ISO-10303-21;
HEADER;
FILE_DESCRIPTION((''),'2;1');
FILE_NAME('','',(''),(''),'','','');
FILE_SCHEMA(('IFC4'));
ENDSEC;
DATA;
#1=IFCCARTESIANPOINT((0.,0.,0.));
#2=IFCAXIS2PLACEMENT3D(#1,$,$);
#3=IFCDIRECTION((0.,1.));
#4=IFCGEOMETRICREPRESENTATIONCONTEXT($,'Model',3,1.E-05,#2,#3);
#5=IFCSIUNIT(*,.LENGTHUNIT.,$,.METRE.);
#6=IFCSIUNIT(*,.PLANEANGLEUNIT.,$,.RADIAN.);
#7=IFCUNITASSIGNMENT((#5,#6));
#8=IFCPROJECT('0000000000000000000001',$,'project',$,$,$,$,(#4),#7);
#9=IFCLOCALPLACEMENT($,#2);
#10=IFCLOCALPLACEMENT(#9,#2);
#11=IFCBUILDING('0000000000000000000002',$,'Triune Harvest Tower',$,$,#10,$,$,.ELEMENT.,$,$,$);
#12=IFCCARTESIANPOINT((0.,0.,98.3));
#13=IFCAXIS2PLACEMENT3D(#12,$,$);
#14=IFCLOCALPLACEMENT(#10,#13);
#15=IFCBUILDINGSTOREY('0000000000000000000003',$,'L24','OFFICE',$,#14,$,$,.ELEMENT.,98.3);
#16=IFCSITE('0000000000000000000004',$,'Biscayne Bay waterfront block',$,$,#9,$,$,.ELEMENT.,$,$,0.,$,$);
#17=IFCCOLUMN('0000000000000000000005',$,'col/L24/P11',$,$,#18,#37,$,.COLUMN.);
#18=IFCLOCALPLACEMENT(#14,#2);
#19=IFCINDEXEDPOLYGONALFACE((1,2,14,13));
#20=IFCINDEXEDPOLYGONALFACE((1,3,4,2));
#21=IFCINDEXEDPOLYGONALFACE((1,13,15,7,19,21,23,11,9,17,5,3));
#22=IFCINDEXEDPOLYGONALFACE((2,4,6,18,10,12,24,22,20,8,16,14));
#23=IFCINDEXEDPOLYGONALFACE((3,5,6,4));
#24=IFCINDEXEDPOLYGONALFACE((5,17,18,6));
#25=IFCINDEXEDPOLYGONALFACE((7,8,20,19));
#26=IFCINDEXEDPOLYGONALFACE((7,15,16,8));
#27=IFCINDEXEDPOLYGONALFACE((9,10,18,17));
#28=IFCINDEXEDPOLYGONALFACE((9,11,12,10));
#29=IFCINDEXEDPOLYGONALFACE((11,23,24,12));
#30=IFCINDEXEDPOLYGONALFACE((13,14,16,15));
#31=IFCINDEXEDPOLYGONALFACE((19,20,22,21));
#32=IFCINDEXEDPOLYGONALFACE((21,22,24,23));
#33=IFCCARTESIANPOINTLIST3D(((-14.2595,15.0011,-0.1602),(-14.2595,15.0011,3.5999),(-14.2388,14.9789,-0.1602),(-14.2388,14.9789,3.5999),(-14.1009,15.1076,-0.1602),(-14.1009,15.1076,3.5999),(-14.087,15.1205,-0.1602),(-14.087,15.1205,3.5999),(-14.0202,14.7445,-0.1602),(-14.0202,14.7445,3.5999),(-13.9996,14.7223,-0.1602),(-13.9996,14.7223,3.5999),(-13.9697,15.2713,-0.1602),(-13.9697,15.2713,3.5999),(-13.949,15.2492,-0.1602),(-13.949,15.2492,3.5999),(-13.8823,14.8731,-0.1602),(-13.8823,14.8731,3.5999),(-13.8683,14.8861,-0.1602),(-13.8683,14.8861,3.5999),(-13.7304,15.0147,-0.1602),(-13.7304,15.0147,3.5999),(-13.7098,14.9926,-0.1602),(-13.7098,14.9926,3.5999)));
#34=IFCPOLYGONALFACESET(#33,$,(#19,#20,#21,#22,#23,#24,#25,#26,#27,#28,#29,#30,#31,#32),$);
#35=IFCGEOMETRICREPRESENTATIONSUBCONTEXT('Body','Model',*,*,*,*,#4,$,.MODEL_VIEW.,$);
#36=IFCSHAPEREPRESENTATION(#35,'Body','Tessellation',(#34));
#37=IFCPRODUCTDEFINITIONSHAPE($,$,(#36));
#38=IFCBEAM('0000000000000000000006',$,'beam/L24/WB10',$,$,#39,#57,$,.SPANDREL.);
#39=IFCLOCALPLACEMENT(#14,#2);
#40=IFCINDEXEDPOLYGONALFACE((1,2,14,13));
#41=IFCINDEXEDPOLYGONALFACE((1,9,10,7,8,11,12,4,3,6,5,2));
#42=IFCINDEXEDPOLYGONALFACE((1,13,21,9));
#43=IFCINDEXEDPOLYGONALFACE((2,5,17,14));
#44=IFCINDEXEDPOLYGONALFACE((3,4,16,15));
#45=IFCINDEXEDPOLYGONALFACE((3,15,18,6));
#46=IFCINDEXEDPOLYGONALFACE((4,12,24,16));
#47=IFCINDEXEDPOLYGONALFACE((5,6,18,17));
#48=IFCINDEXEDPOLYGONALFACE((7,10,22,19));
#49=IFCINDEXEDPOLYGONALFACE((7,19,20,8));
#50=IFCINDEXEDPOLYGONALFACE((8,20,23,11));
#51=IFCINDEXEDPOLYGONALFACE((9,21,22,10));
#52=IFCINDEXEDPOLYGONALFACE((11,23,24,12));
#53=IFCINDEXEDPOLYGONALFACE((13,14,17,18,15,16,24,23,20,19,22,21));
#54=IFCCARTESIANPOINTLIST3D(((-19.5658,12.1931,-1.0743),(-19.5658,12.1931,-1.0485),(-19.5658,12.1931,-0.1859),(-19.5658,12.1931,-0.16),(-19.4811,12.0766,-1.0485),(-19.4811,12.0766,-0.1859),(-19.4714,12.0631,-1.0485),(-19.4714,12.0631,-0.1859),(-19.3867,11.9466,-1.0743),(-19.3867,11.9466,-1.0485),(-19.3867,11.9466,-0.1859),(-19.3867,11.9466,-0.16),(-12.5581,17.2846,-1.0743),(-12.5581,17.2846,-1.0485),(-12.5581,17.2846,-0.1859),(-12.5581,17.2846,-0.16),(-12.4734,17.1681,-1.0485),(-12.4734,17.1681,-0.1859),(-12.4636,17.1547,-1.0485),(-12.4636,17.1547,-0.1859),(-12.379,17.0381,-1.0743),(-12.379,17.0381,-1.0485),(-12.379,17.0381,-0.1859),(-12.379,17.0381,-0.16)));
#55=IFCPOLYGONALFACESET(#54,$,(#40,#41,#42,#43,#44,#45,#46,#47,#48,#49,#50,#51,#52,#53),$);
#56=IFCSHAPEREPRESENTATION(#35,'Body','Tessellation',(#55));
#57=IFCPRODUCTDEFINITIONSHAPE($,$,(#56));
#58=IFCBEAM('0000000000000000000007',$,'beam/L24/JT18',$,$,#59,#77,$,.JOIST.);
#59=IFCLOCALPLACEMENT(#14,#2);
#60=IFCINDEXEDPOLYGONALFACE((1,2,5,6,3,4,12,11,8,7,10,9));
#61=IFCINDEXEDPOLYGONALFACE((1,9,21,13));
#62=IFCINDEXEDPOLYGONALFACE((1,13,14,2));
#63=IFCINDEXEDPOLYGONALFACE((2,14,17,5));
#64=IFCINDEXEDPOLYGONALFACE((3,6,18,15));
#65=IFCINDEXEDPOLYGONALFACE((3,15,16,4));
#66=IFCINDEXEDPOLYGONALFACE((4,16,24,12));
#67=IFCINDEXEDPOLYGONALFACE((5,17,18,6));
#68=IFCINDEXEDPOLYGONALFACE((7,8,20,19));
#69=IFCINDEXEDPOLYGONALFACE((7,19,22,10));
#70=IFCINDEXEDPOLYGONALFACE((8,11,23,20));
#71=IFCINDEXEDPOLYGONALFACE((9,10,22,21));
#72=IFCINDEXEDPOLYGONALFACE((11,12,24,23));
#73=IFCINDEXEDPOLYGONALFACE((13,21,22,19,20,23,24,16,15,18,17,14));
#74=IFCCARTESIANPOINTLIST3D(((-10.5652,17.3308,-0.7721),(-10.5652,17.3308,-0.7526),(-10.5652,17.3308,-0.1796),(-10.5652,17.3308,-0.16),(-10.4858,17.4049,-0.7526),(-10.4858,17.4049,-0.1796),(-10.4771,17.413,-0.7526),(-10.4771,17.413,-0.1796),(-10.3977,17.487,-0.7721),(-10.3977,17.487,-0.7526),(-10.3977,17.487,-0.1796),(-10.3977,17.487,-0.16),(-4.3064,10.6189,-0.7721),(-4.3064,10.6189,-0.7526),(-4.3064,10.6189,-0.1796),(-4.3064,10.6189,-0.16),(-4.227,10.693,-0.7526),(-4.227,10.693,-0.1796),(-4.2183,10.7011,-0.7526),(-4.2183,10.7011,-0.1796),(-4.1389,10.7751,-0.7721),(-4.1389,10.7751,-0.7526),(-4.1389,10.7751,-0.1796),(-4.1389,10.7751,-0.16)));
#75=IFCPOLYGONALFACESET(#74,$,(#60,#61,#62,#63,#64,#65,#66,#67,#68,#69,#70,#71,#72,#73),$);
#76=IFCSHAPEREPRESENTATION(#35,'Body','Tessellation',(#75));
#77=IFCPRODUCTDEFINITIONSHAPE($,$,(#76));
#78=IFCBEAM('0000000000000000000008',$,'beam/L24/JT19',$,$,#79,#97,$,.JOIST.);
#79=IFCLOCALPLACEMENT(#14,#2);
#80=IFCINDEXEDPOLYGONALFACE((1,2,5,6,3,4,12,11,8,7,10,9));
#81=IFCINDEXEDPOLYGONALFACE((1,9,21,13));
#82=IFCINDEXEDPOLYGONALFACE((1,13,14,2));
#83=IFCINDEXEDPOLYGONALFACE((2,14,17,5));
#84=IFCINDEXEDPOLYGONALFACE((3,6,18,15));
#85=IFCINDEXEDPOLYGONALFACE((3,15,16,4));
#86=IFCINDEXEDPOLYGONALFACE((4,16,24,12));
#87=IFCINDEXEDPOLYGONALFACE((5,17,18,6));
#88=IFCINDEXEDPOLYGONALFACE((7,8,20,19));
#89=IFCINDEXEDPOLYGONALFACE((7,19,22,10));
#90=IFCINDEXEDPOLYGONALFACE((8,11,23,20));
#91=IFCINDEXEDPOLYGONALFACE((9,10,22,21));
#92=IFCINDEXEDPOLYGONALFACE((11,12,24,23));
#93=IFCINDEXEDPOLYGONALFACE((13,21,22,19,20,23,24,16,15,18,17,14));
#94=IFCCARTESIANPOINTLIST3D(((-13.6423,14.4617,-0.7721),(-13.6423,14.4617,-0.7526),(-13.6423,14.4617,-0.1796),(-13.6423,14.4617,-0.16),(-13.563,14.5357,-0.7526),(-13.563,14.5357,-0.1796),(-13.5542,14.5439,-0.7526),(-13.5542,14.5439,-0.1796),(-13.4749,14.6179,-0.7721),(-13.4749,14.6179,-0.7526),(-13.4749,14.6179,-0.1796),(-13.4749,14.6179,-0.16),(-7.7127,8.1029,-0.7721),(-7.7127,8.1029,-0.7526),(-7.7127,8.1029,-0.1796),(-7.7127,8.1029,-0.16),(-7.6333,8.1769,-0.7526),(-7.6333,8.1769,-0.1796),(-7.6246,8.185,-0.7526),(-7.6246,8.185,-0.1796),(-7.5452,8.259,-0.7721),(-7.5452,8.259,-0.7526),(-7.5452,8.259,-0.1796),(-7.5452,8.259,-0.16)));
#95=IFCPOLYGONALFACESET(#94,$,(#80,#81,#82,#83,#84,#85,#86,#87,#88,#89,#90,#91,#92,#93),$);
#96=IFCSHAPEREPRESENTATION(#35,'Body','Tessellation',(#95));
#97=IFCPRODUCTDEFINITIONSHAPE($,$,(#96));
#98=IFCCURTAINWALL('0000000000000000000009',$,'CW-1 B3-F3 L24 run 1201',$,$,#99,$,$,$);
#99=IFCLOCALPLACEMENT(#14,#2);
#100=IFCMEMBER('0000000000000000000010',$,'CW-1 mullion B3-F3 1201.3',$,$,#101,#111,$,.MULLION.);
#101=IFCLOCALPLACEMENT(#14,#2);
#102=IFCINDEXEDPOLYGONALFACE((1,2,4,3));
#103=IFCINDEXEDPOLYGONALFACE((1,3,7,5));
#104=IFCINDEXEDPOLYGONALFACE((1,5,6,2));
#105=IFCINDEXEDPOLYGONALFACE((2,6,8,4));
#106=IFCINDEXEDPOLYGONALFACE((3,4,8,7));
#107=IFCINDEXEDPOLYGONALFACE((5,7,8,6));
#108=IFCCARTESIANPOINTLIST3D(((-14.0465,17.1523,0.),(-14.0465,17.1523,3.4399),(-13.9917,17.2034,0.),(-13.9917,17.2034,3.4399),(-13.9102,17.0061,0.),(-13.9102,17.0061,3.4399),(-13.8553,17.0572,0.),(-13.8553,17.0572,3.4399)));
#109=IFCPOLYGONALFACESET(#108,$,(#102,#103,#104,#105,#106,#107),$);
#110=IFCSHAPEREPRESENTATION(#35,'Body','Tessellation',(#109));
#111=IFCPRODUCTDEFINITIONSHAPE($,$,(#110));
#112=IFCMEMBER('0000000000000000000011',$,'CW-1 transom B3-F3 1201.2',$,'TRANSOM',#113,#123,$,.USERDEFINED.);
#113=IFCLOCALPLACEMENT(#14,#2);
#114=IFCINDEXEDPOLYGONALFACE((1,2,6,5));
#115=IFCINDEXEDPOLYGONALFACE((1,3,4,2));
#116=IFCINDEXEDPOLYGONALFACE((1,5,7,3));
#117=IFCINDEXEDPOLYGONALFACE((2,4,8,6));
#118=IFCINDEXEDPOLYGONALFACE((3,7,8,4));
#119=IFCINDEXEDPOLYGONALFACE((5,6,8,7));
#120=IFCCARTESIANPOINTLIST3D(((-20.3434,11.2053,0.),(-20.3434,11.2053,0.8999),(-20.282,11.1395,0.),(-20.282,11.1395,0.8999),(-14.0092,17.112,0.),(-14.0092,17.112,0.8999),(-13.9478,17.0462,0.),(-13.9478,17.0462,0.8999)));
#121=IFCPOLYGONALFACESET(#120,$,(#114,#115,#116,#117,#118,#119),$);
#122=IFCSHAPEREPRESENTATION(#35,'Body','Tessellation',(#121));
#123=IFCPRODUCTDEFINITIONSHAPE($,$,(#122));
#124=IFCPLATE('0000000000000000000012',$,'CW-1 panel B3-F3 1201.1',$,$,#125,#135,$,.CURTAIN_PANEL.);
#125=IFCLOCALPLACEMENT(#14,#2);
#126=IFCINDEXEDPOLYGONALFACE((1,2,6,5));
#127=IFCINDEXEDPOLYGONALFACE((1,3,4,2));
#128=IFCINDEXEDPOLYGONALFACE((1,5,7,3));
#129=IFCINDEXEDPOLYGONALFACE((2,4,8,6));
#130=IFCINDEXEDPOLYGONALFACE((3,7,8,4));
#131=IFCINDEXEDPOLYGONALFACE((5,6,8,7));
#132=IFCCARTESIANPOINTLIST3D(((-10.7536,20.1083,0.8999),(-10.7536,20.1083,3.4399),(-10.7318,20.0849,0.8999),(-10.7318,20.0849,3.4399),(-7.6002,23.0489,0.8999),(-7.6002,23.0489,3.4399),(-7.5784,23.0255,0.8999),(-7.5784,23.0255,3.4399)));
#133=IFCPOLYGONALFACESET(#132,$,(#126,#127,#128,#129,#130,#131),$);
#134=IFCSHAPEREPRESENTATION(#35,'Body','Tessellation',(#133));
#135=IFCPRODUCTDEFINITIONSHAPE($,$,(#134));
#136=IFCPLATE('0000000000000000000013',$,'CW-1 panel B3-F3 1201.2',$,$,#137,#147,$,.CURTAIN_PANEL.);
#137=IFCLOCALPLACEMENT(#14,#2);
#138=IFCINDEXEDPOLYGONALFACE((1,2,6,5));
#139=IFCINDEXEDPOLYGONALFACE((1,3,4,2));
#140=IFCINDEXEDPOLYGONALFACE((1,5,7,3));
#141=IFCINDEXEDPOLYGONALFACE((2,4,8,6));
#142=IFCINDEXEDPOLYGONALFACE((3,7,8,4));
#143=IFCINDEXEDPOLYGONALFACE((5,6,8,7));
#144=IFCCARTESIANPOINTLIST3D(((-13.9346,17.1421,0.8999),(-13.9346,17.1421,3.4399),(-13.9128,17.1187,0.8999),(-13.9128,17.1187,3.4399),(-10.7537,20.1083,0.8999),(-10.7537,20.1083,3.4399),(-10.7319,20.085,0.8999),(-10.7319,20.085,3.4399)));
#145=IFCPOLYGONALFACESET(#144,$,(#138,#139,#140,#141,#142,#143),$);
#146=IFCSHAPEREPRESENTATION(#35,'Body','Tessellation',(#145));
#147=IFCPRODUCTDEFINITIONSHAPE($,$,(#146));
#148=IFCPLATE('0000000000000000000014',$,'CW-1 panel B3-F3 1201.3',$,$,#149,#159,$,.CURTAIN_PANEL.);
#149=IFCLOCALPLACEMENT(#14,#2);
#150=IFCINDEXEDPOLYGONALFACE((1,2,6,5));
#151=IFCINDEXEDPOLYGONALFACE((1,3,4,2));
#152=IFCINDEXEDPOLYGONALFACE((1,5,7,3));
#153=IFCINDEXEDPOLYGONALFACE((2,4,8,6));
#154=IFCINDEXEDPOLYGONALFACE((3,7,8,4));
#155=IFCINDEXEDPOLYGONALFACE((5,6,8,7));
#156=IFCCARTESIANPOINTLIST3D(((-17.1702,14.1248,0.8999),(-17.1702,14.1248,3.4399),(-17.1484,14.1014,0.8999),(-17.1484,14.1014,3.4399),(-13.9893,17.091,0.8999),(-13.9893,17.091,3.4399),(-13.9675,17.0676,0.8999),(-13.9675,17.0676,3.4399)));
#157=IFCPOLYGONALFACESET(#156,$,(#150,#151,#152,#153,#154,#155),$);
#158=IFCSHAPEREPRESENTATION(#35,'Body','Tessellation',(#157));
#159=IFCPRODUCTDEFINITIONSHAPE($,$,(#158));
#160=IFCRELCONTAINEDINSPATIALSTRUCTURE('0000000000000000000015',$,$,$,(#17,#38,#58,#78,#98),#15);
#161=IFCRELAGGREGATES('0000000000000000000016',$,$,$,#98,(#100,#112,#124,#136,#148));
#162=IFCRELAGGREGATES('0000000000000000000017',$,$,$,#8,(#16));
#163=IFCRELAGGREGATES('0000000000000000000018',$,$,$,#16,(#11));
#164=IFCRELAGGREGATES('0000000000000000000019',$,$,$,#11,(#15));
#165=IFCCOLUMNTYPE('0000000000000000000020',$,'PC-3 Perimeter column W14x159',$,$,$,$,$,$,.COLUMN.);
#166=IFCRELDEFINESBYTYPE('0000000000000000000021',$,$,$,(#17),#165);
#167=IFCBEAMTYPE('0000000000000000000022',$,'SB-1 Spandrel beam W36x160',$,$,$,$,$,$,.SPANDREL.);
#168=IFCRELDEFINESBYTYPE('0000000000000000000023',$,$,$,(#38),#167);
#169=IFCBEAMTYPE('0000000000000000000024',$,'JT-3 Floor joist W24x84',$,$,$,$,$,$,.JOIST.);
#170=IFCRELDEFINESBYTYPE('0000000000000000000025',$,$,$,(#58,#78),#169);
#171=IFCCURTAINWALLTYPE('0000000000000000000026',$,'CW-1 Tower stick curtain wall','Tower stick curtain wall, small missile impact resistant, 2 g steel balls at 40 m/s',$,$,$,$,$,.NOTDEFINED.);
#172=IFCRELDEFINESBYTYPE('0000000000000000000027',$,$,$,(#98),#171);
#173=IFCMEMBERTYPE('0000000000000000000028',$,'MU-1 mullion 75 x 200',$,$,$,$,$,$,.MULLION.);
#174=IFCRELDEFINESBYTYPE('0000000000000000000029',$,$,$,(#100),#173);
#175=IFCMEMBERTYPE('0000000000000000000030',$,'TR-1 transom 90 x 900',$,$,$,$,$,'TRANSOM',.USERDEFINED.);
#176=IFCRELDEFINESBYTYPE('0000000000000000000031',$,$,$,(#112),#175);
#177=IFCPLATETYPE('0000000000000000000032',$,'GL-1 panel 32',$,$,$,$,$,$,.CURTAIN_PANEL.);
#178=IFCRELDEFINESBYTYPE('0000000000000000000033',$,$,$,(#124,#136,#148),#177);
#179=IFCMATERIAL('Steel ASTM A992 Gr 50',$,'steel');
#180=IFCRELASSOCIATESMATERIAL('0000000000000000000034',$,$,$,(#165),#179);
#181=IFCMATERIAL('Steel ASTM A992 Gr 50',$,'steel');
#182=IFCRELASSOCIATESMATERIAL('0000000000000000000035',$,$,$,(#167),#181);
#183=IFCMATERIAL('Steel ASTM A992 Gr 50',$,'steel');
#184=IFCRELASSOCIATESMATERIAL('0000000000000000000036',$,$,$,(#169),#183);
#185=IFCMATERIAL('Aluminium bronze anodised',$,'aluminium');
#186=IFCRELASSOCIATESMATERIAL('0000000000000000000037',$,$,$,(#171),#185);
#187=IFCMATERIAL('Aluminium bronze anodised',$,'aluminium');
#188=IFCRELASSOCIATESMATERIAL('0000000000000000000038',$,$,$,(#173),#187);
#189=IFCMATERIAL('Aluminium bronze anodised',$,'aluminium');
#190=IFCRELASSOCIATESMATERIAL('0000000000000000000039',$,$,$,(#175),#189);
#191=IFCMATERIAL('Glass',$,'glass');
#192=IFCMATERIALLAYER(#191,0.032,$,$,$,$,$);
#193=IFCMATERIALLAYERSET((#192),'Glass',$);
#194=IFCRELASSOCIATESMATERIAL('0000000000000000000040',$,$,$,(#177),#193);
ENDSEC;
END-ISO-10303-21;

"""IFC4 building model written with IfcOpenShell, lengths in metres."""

from ifc_helpers import new_model, si_unit, direction, frame, origin, origin_2d, place, context, subcontext, project, spatial, rectangle, i_section, extrude, source, transform, mapped, material, layer, layer_set, material_profile, profile_set, type_object, element, aggregate, save


model = new_model("IFC4")

# Units and contexts
model_context = context("Model", 3, precision=1e-05, world=origin(), true_north=direction((0.0, 1.0)))
body_context = subcontext(model_context, "Body", "Model", "MODEL_VIEW")
ifc_project = project(units=[si_unit("LENGTHUNIT", "METRE"), si_unit("PLANEANGLEUNIT", "RADIAN")], contexts=[model_context])

# Site, building, storey
site_placement = place(None, origin())
site = spatial("IfcSite", under=ifc_project, at=site_placement, Name="Biscayne Bay waterfront block", CompositionType="ELEMENT", RefElevation=0.0)
building_placement = place(site_placement, origin())
building = spatial("IfcBuilding", under=site, at=building_placement, Name="Triune Harvest Tower", CompositionType="ELEMENT")
storey_placement = place(building_placement, frame((0.0, 0.0, 98.3)))
storey = spatial("IfcBuildingStorey", under=building, at=storey_placement, Name="L24", Description="OFFICE", CompositionType="ELEMENT", Elevation=98.3)

# Column
ifc_material_1 = material(Name="Steel ASTM A992 Gr 50", Category="steel")
ifc_material_profile_1 = material_profile(ifc_material_1, i_section(OverallWidth=0.3962, OverallDepth=0.3811, WebThickness=0.019, FlangeThickness=0.0303, at=origin_2d()), Name="W14x159")
ifc_profile_set_1 = profile_set([ifc_material_profile_1], Name="Steel ASTM A992 Gr 50")
column_type = type_object("IfcColumnType", Name="PC-3 Perimeter column W14x159", PredefinedType="COLUMN", material=ifc_profile_set_1)
shared_shape_1 = source(origin(), body_context, "Body", "SweptSolid", [
    extrude(i_section(OverallWidth=0.3962, OverallDepth=0.3811, WebThickness=0.019, FlangeThickness=0.0303, at=origin_2d()), origin(), (0.0, 0.0, 1.0), 3.76),
])
column_placement = place(storey_placement, frame((-13.9846, 14.9968, -0.1602), z_axis=(0.0, 0.0, 1.0), x_axis=(-0.731355, -0.681997, 0.0)))
element("IfcColumn", 1, at=column_placement, inside=storey, type_object=column_type, Name="col/L24/P11", PredefinedType="COLUMN", context=body_context, shape_type="MappedRepresentation", body=[
    mapped(shared_shape_1, transform((0.0, 0.0, 0.0), scale=1.0)),
])

# Beams
ifc_material_2 = material(Name="Steel ASTM A992 Gr 50", Category="steel")
ifc_material_profile_2 = material_profile(ifc_material_2, i_section(OverallWidth=0.3047, OverallDepth=0.9143, WebThickness=0.0166, FlangeThickness=0.0259, at=origin_2d()), Name="W36x160")
ifc_profile_set_2 = profile_set([ifc_material_profile_2], Name="Steel ASTM A992 Gr 50")
beam_type_1 = type_object("IfcBeamType", Name="SB-1 Spandrel beam W36x160", PredefinedType="SPANDREL", material=ifc_profile_set_2)
shared_shape_2 = source(origin(), body_context, "Body", "SweptSolid", [
    extrude(i_section(OverallWidth=0.3047, OverallDepth=0.9143, WebThickness=0.0166, FlangeThickness=0.0259, at=origin_2d()), origin(), (0.0, 0.0, 1.0), 8.6621),
])
beam_1_placement = place(storey_placement, frame((-12.4685, 17.1614, -0.6172), z_axis=(-0.809013, -0.587791, 0.0), x_axis=(0.587791, -0.809013, 0.0)))
element("IfcBeam", 2, at=beam_1_placement, inside=storey, type_object=beam_type_1, Name="beam/L24/WB10", PredefinedType="SPANDREL", context=body_context, shape_type="MappedRepresentation", body=[
    mapped(shared_shape_2, transform((0.0, 0.0, 0.0), scale=1.0)),
])
ifc_material_3 = material(Name="Steel ASTM A992 Gr 50", Category="steel")
ifc_material_profile_3 = material_profile(ifc_material_3, i_section(OverallWidth=0.229, OverallDepth=0.6121, WebThickness=0.012, FlangeThickness=0.0195, at=origin_2d()), Name="W24x84")
ifc_profile_set_3 = profile_set([ifc_material_profile_3], Name="Steel ASTM A992 Gr 50")
beam_type_2 = type_object("IfcBeamType", Name="JT-3 Floor joist W24x84", PredefinedType="JOIST", material=ifc_profile_set_3)
shared_shape_3 = source(origin(), body_context, "Body", "SweptSolid", [
    extrude(i_section(OverallWidth=0.229, OverallDepth=0.6121, WebThickness=0.012, FlangeThickness=0.0195, at=origin_2d()), origin(), (0.0, 0.0, 1.0), 9.1772),
])
beam_2_placement = place(storey_placement, frame((-10.4814, 17.4089, -0.4661), z_axis=(0.681988, -0.731363, 0.0), x_axis=(0.731363, 0.681988, 0.0)))
element("IfcBeam", 3, at=beam_2_placement, inside=storey, type_object=beam_type_2, Name="beam/L24/JT18", PredefinedType="JOIST", context=body_context, shape_type="MappedRepresentation", body=[
    mapped(shared_shape_3, transform((0.0, 0.0, 0.0), scale=1.0)),
])
shared_shape_4 = source(origin(), body_context, "Body", "SweptSolid", [
    extrude(i_section(OverallWidth=0.229, OverallDepth=0.6121, WebThickness=0.012, FlangeThickness=0.0195, at=origin_2d()), origin(), (0.0, 0.0, 1.0), 8.6946),
])
beam_3_placement = place(storey_placement, frame((-13.5586, 14.5398, -0.4661), z_axis=(0.681994, -0.731358, 0.0), x_axis=(0.731358, 0.681994, 0.0)))
element("IfcBeam", 4, at=beam_3_placement, inside=storey, type_object=beam_type_2, Name="beam/L24/JT19", PredefinedType="JOIST", context=body_context, shape_type="MappedRepresentation", body=[
    mapped(shared_shape_4, transform((0.0, 0.0, 0.0), scale=1.0)),
])

# Curtain wall, members, plates
ifc_material_4 = material(Name="Aluminium bronze anodised", Category="aluminium")
curtain_wall_type = type_object("IfcCurtainWallType", Name="CW-1 Tower stick curtain wall", Description="Tower stick curtain wall, small missile impact resistant, 2 g steel balls at 40 m/s", PredefinedType="NOTDEFINED", material=ifc_material_4)
curtain_wall_placement = place(storey_placement, origin())
curtain_wall = element("IfcCurtainWall", 5, at=curtain_wall_placement, inside=storey, type_object=curtain_wall_type, Name="CW-1 B3-F3 L24 run 1201")
ifc_material_5 = material(Name="Aluminium bronze anodised", Category="aluminium")
ifc_material_profile_4 = material_profile(ifc_material_5, rectangle(XDim=0.2, YDim=0.075, at=origin_2d()), Name="MU-1 mullion 75 x 200")
ifc_profile_set_4 = profile_set([ifc_material_profile_4], Name="Aluminium bronze anodised")
member_type_1 = type_object("IfcMemberType", Name="MU-1 mullion 75 x 200", PredefinedType="MULLION", material=ifc_profile_set_4)
shared_shape_5 = source(origin(), body_context, "Body", "SweptSolid", [
    extrude(rectangle(XDim=0.2, YDim=0.075, at=origin_2d()), origin(), (0.0, 0.0, 1.0), 3.4399),
])
member_1_placement = place(storey_placement, frame((-13.9509, 17.1047, 0.0), z_axis=(0.0, 0.0, 1.0), x_axis=(0.681997, -0.731355, 0.0)))
member_1 = element("IfcMember", 6, at=member_1_placement, type_object=member_type_1, Name="CW-1 mullion B3-F3 1201.3", PredefinedType="MULLION", context=body_context, shape_type="MappedRepresentation", body=[
    mapped(shared_shape_5, transform((0.0, 0.0, 0.0), scale=1.0)),
])
ifc_material_6 = material(Name="Aluminium bronze anodised", Category="aluminium")
ifc_material_profile_5 = material_profile(ifc_material_6, rectangle(XDim=0.0901, YDim=0.8999, at=origin_2d()), Name="TR-1 transom 90 x 900")
ifc_profile_set_5 = profile_set([ifc_material_profile_5], Name="Aluminium bronze anodised")
member_type_2 = type_object("IfcMemberType", Name="TR-1 transom 90 x 900", ElementType="TRANSOM", PredefinedType="USERDEFINED", material=ifc_profile_set_5)
shared_shape_6 = source(origin(), body_context, "Body", "SweptSolid", [
    extrude(rectangle(XDim=0.0901, YDim=0.8999, at=origin_2d()), origin(), (0.0, 0.0, 1.0), 8.6609),
])
member_2_placement = place(storey_placement, frame((-13.9785, 17.0791, 0.45), z_axis=(-0.731355, -0.681997, 0.0), x_axis=(0.681997, -0.731355, 0.0)))
member_2 = element("IfcMember", 7, at=member_2_placement, type_object=member_type_2, Name="CW-1 transom B3-F3 1201.2", ObjectType="TRANSOM", PredefinedType="USERDEFINED", context=body_context, shape_type="MappedRepresentation", body=[
    mapped(shared_shape_6, transform((0.0, 0.0, 0.0), scale=1.0)),
])
ifc_material_7 = material(Name="Glass", Category="glass")
ifc_layer_1 = layer(ifc_material_7, 0.032)
ifc_layer_set_1 = layer_set([ifc_layer_1], Name="Glass")
plate_type = type_object("IfcPlateType", Name="GL-1 panel 32", PredefinedType="CURTAIN_PANEL", material=ifc_layer_set_1)
shared_shape_7 = source(origin(), body_context, "Body", "SweptSolid", [
    extrude(rectangle(XDim=4.3118, YDim=0.032, at=origin_2d()), origin(), (0.0, 0.0, 1.0), 2.54),
])
plate_1_placement = place(storey_placement, frame((-9.166, 21.5669, 0.8999), z_axis=(0.0, 0.0, 1.0), x_axis=(-0.731355, -0.681997, 0.0)))
plate_1 = element("IfcPlate", 8, at=plate_1_placement, type_object=plate_type, Name="CW-1 panel B3-F3 1201.1", PredefinedType="CURTAIN_PANEL", context=body_context, shape_type="MappedRepresentation", body=[
    mapped(shared_shape_7, transform((0.0, 0.0, 0.0), scale=1.0)),
])
shared_shape_8 = source(origin(), body_context, "Body", "SweptSolid", [
    extrude(rectangle(XDim=4.3494, YDim=0.032, at=origin_2d()), origin(), (0.0, 0.0, 1.0), 2.54),
])
plate_2_placement = place(storey_placement, frame((-12.3333, 18.6135, 0.8999), z_axis=(0.0, 0.0, 1.0), x_axis=(-0.731355, -0.681997, 0.0)))
plate_2 = element("IfcPlate", 9, at=plate_2_placement, type_object=plate_type, Name="CW-1 panel B3-F3 1201.2", PredefinedType="CURTAIN_PANEL", context=body_context, shape_type="MappedRepresentation", body=[
    mapped(shared_shape_8, transform((0.0, 0.0, 0.0), scale=1.0)),
])
plate_3_placement = place(storey_placement, frame((-15.5688, 15.5962, 0.8999), z_axis=(0.0, 0.0, 1.0), x_axis=(-0.731355, -0.681997, 0.0)))
plate_3 = element("IfcPlate", 10, at=plate_3_placement, type_object=plate_type, Name="CW-1 panel B3-F3 1201.3", PredefinedType="CURTAIN_PANEL", context=body_context, shape_type="MappedRepresentation", body=[
    mapped(shared_shape_8, transform((0.0, 0.0, 0.0), scale=1.0)),
])
aggregate(curtain_wall, [member_1, member_2, plate_1, plate_2, plate_3])

save(model, "model.ifc")
